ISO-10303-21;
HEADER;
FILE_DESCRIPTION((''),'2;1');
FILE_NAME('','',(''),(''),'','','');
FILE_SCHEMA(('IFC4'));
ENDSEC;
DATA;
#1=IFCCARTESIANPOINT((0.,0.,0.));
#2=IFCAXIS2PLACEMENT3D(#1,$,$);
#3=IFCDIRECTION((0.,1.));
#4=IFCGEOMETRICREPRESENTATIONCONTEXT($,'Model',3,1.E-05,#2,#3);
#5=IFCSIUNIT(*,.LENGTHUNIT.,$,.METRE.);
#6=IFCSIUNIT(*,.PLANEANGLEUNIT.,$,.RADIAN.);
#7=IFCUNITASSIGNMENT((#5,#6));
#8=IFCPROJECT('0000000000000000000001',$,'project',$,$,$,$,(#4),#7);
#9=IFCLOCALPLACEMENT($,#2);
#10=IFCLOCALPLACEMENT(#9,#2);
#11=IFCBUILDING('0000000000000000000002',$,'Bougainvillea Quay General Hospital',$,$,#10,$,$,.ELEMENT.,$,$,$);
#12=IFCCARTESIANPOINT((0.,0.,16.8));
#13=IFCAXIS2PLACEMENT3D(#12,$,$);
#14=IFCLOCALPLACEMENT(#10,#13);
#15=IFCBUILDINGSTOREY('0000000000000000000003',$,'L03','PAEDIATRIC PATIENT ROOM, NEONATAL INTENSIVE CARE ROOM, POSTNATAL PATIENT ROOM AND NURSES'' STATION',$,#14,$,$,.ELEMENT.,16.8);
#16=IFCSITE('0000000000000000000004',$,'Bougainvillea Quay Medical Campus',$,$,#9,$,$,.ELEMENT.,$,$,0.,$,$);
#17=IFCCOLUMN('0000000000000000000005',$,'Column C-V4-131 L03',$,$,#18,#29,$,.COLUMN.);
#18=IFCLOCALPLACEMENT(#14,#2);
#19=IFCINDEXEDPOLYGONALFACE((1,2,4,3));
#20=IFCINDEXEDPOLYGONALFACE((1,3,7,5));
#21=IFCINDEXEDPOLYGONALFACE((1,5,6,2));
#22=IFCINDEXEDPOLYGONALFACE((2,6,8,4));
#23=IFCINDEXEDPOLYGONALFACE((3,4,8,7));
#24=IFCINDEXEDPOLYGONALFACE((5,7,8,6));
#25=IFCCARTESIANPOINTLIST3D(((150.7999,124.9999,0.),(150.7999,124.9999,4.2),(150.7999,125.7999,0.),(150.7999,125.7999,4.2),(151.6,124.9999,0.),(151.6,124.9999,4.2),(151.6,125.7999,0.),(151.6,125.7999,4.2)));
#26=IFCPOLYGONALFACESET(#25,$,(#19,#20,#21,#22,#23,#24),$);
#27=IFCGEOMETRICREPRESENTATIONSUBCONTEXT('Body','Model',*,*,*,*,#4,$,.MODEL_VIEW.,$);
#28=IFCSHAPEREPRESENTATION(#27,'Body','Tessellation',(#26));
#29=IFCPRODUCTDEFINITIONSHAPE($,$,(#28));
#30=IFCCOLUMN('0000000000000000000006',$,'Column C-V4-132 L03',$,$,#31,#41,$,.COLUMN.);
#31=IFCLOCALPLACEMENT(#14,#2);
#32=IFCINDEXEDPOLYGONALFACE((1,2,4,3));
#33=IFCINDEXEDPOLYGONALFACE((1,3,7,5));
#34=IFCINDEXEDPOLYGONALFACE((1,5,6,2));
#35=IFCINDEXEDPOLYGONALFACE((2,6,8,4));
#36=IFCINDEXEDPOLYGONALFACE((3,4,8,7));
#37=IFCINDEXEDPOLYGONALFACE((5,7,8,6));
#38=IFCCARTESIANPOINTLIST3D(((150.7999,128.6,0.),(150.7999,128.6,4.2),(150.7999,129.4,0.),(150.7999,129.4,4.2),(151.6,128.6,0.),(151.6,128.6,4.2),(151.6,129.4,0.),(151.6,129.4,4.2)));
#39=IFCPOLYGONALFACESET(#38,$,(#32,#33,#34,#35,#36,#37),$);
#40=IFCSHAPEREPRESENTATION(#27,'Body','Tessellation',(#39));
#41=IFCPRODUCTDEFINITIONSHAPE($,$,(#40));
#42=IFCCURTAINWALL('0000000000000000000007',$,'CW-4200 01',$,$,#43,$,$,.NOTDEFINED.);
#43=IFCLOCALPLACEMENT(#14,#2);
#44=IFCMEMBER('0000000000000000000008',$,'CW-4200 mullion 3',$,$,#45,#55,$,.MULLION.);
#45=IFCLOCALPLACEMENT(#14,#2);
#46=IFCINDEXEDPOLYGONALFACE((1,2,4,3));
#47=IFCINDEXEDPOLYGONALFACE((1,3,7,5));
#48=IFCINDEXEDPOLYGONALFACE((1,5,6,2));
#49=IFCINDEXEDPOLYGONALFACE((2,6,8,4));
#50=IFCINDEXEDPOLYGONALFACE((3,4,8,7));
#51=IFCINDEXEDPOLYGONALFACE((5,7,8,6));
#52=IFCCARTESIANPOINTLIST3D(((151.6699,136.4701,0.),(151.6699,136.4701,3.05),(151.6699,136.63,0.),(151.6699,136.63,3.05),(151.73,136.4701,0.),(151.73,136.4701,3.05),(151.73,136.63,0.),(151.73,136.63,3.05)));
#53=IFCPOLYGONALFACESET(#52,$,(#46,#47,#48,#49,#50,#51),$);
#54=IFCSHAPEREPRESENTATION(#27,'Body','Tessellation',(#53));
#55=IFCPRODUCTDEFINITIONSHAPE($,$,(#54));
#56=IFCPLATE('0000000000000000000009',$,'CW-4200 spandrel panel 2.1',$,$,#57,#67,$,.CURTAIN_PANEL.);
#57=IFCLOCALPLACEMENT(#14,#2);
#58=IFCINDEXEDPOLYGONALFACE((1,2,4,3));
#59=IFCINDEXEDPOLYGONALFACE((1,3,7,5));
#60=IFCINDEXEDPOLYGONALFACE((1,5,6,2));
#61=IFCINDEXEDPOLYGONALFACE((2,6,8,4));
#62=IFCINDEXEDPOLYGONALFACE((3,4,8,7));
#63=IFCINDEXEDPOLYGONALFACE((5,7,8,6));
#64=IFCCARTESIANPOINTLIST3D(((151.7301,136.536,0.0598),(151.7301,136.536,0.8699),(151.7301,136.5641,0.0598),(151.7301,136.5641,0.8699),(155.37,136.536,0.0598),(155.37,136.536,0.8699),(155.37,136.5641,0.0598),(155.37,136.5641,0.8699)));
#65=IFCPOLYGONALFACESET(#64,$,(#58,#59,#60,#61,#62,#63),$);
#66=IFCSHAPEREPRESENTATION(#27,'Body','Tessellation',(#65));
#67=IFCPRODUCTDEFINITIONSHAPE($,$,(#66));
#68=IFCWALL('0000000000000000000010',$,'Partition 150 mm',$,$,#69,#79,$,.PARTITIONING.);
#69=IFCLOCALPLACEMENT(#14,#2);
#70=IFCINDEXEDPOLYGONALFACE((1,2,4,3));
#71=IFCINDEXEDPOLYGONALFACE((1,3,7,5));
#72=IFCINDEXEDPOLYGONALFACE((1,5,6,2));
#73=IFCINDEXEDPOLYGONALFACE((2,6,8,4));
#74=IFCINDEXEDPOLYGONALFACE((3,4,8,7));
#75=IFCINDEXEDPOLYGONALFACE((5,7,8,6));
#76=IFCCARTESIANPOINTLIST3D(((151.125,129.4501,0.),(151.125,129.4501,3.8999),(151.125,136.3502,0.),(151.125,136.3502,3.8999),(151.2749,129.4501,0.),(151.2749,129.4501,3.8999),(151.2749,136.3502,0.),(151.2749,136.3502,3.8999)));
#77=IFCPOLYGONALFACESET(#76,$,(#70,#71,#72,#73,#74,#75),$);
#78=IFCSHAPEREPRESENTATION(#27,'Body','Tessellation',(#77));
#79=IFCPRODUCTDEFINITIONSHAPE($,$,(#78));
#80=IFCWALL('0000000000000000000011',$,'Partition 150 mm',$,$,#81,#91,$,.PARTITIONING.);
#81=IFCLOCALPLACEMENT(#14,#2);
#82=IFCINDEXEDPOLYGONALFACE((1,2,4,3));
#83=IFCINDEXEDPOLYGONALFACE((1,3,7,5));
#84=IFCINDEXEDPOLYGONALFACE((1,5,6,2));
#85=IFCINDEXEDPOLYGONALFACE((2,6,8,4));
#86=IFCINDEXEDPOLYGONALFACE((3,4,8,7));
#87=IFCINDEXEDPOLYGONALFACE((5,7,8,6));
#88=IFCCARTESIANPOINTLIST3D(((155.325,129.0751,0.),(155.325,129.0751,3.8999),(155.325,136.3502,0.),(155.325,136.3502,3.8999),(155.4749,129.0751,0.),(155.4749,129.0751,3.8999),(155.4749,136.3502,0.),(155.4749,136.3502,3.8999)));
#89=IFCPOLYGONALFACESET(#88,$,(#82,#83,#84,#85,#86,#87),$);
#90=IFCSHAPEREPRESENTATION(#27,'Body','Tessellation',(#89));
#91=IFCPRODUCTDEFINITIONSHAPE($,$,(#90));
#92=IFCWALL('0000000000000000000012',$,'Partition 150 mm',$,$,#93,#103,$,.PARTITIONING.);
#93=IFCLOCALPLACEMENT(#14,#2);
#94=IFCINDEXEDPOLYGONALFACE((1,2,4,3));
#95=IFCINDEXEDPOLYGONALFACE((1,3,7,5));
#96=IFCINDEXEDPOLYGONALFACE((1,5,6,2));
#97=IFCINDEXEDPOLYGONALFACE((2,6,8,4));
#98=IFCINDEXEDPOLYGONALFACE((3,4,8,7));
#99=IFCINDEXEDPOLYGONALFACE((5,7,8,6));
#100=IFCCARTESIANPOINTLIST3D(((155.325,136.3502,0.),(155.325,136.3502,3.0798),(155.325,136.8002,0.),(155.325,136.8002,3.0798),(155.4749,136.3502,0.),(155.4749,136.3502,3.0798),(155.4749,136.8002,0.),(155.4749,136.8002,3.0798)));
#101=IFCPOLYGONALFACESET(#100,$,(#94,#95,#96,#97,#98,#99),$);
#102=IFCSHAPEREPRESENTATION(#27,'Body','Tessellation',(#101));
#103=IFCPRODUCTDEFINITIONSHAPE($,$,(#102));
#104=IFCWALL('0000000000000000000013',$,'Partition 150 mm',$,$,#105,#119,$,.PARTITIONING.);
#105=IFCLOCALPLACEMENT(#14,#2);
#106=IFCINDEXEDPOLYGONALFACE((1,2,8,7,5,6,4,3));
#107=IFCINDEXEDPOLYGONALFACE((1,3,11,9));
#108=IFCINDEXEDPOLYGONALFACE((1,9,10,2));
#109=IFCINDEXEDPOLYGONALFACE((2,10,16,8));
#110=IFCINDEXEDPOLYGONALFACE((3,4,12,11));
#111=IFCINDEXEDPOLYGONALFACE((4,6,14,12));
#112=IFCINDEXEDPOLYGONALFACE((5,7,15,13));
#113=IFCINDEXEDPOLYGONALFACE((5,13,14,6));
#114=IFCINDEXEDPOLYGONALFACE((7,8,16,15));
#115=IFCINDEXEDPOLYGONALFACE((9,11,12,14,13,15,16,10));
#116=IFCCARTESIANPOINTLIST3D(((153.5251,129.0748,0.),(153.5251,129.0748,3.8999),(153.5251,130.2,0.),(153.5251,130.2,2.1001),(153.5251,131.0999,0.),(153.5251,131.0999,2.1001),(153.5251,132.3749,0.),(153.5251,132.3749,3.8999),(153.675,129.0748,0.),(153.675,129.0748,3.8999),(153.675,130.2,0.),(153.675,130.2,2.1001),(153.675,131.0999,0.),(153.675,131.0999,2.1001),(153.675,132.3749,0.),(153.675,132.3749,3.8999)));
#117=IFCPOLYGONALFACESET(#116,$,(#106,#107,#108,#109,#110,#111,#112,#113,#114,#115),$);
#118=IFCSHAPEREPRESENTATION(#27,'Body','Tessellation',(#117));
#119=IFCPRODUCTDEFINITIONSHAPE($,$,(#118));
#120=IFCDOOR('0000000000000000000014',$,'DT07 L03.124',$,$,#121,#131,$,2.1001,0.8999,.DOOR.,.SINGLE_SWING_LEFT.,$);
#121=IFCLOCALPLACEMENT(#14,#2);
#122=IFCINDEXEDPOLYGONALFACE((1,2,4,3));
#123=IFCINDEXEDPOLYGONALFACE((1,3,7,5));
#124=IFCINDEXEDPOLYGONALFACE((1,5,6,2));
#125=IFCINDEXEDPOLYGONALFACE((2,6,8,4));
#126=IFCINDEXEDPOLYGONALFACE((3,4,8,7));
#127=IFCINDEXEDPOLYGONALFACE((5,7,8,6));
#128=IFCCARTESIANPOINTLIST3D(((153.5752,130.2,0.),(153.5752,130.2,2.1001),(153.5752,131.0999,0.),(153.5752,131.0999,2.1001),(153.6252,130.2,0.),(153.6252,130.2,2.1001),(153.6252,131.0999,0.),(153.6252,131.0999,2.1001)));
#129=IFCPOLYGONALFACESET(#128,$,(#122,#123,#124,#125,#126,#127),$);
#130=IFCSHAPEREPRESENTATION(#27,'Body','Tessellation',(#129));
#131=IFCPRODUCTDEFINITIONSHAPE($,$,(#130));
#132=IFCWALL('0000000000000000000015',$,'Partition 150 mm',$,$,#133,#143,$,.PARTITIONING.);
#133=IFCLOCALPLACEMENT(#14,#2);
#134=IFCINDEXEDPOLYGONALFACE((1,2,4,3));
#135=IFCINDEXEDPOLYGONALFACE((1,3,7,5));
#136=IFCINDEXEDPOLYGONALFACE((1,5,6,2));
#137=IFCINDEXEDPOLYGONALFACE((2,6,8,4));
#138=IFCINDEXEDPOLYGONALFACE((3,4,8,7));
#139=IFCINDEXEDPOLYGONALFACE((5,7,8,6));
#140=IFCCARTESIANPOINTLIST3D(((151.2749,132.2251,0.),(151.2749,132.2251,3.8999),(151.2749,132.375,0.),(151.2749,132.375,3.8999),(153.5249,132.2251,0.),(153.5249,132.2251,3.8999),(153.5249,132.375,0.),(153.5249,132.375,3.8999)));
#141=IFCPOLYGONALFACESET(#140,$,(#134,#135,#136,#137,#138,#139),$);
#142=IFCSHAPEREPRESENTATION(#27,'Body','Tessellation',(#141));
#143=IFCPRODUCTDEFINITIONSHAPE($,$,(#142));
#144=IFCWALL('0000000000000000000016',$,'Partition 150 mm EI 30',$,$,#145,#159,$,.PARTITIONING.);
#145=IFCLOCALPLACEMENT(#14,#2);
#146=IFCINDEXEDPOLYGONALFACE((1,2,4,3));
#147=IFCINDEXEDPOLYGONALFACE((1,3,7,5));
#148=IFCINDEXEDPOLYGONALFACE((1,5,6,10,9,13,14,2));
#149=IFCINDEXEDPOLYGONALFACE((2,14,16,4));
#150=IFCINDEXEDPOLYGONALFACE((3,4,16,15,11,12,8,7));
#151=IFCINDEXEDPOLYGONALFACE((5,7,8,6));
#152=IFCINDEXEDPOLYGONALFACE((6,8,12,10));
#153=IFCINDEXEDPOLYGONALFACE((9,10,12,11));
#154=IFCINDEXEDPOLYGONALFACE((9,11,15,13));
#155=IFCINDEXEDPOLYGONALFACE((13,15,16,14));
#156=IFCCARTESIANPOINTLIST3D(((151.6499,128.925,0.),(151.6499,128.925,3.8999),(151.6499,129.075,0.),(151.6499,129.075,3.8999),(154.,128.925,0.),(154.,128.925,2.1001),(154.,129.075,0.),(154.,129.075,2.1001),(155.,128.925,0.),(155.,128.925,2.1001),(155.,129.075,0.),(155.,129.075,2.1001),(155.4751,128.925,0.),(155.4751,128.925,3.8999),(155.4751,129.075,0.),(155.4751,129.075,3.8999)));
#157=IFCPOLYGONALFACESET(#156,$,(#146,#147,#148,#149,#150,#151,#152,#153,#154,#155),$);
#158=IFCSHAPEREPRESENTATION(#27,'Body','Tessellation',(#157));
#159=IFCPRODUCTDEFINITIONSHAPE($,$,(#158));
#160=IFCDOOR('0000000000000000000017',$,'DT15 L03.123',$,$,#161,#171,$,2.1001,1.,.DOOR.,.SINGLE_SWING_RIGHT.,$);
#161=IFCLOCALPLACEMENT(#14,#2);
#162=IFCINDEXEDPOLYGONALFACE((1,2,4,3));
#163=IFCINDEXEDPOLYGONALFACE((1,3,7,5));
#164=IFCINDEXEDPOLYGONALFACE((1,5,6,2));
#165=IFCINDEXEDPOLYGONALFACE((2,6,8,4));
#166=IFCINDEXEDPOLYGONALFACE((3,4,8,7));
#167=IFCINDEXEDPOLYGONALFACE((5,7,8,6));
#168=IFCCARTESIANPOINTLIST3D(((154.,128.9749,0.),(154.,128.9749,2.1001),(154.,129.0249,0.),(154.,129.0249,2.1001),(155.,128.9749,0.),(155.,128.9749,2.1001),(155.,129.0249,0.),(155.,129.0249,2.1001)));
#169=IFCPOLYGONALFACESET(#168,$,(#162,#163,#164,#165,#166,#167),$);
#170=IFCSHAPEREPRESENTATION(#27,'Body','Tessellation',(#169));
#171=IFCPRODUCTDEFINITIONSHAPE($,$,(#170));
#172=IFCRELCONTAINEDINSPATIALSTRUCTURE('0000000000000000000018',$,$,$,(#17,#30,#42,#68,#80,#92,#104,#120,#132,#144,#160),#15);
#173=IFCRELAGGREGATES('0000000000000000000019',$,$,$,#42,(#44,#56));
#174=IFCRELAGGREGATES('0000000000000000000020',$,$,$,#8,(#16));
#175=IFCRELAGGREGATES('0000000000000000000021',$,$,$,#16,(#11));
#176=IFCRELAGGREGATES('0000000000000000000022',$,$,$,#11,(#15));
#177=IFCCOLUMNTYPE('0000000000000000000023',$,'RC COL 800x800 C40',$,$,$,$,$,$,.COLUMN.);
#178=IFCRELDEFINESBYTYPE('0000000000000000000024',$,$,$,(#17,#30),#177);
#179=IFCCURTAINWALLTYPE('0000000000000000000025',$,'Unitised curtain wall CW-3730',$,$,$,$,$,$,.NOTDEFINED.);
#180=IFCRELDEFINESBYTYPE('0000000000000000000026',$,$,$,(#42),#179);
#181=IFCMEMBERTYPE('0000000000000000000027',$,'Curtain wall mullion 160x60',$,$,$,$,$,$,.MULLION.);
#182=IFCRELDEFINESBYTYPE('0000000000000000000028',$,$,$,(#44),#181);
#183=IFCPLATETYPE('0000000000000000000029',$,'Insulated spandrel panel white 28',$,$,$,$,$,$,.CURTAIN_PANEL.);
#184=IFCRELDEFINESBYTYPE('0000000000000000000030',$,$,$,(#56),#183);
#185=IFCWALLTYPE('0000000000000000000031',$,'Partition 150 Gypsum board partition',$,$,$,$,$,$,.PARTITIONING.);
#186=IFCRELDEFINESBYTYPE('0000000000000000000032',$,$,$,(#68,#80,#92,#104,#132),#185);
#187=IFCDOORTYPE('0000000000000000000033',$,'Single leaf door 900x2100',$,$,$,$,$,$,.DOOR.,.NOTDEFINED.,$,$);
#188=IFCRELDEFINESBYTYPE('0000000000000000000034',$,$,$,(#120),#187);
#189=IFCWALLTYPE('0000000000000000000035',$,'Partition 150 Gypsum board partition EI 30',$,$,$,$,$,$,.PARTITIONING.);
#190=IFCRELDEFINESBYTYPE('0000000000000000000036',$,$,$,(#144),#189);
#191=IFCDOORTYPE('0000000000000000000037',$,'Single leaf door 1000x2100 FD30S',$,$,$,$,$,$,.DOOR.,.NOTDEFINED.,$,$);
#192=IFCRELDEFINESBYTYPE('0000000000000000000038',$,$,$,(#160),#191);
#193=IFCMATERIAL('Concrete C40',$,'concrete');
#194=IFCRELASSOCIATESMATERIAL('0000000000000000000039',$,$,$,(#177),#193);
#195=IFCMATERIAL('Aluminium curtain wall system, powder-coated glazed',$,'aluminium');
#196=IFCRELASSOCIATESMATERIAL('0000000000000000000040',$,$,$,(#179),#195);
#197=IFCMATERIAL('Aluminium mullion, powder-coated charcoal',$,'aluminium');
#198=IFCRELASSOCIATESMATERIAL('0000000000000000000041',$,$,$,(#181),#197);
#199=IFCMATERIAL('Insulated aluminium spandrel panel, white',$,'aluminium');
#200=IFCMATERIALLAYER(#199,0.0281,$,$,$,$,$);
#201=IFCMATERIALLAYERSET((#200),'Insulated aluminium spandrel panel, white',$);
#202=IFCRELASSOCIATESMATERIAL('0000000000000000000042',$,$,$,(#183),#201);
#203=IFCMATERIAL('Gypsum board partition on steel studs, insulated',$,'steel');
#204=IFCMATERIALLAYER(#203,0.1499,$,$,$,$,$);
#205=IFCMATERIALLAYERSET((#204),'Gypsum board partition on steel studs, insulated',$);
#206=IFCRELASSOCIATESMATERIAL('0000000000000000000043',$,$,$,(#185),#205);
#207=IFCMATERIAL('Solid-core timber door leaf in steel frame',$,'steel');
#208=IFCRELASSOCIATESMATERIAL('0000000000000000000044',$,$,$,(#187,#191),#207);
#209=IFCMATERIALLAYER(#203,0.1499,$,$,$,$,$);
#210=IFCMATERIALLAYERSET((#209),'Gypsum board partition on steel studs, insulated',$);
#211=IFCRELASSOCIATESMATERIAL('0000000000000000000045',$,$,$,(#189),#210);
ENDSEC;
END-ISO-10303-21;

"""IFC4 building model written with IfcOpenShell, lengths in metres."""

from ifc_helpers import new_model, si_unit, direction, frame, frame_2d, origin, origin_2d, place, context, subcontext, project, spatial, rectangle, extrude, material, layer, layer_set, material_profile, profile_set, type_object, element, fill, aggregate, save


model = new_model("IFC4")

# Units and contexts
model_context = context("Model", 3, precision=1e-05, world=origin(), true_north=direction((0.0, 1.0)))
body_context = subcontext(model_context, "Body", "Model", "MODEL_VIEW")
ifc_project = project(units=[si_unit("LENGTHUNIT", "METRE"), si_unit("PLANEANGLEUNIT", "RADIAN")], contexts=[model_context])

# Site, building, storey
site_placement = place(None, origin())
site = spatial("IfcSite", under=ifc_project, at=site_placement, Name="Bougainvillea Quay Medical Campus", CompositionType="ELEMENT", RefElevation=0.0)
building_placement = place(site_placement, origin())
building = spatial("IfcBuilding", under=site, at=building_placement, Name="Bougainvillea Quay General Hospital", CompositionType="ELEMENT")
storey_placement = place(building_placement, frame((0.0, 0.0, 16.8)))
storey = spatial("IfcBuildingStorey", under=building, at=storey_placement, Name="L03", Description="PAEDIATRIC PATIENT ROOM, NEONATAL INTENSIVE CARE ROOM, POSTNATAL PATIENT ROOM AND NURSES' STATION", CompositionType="ELEMENT", Elevation=16.8)

# Columns
ifc_material_1 = material(Name="Concrete C40", Category="concrete")
ifc_material_profile_1 = material_profile(ifc_material_1, rectangle(XDim=0.8, YDim=0.8, at=origin_2d()))
ifc_profile_set_1 = profile_set([ifc_material_profile_1], Name="Concrete C40")
column_type = type_object("IfcColumnType", Name="RC COL 800x800 C40", PredefinedType="COLUMN", material=ifc_profile_set_1)
for number, where, z_axis, x_axis, name in (
    (1, (151.2, 125.3999, 0.0), (0.0, 0.0, 1.0), (1.0, 0.0, 0.0), "Column C-V4-131 L03"),
    (2, (151.2, 129.0, 0.0), (0.0, 0.0, 1.0), (1.0, 0.0, 0.0), "Column C-V4-132 L03"),
):
    element("IfcColumn", number, at=place(storey_placement, frame(where, z_axis=z_axis, x_axis=x_axis)), inside=storey, type_object=column_type, Name=name, PredefinedType="COLUMN", context=body_context, shape_type="SweptSolid", body=[
        extrude(rectangle(XDim=0.8, YDim=0.8, at=origin_2d()), origin(), (0.0, 0.0, 1.0), 4.2),
    ])

# Curtain wall, member, plate
ifc_material_2 = material(Name="Aluminium curtain wall system, powder-coated glazed", Category="aluminium")
curtain_wall_type = type_object("IfcCurtainWallType", Name="Unitised curtain wall CW-3730", PredefinedType="NOTDEFINED", material=ifc_material_2)
curtain_wall_placement = place(storey_placement, origin())
curtain_wall = element("IfcCurtainWall", 3, at=curtain_wall_placement, inside=storey, type_object=curtain_wall_type, Name="CW-4200 01", PredefinedType="NOTDEFINED")
ifc_material_3 = material(Name="Aluminium mullion, powder-coated charcoal", Category="aluminium")
ifc_material_profile_2 = material_profile(ifc_material_3, rectangle(XDim=0.1599, YDim=0.0601, at=origin_2d()))
ifc_profile_set_2 = profile_set([ifc_material_profile_2], Name="Aluminium mullion, powder-coated charcoal")
member_type = type_object("IfcMemberType", Name="Curtain wall mullion 160x60", PredefinedType="MULLION", material=ifc_profile_set_2)
member_placement = place(storey_placement, frame((151.7, 136.55, 0.0), z_axis=(0.0, 0.0, 1.0), x_axis=(0.0, -1.0, 0.0)))
member = element("IfcMember", 4, at=member_placement, type_object=member_type, Name="CW-4200 mullion 3", PredefinedType="MULLION", context=body_context, shape_type="SweptSolid", body=[
    extrude(rectangle(XDim=0.1599, YDim=0.0601, at=origin_2d()), origin(), (0.0, 0.0, 1.0), 3.05),
])
ifc_material_4 = material(Name="Insulated aluminium spandrel panel, white", Category="aluminium")
ifc_layer_1 = layer(ifc_material_4, 0.0281)
ifc_layer_set_1 = layer_set([ifc_layer_1], Name="Insulated aluminium spandrel panel, white")
plate_type = type_object("IfcPlateType", Name="Insulated spandrel panel white 28", PredefinedType="CURTAIN_PANEL", material=ifc_layer_set_1)
plate_placement = place(storey_placement, frame((153.55, 136.55, 0.0598), z_axis=(0.0, 0.0, 1.0), x_axis=(-1.0, 0.0, 0.0)))
plate = element("IfcPlate", 5, at=plate_placement, type_object=plate_type, Name="CW-4200 spandrel panel 2.1", PredefinedType="CURTAIN_PANEL", context=body_context, shape_type="SweptSolid", body=[
    extrude(rectangle(XDim=3.6399, YDim=0.0281, at=origin_2d()), origin(), (0.0, 0.0, 1.0), 0.8101),
])
aggregate(curtain_wall, [member, plate])

# Walls
ifc_material_5 = material(Name="Gypsum board partition on steel studs, insulated", Category="steel")
ifc_layer_2 = layer(ifc_material_5, 0.1499)
ifc_layer_set_2 = layer_set([ifc_layer_2], Name="Gypsum board partition on steel studs, insulated")
wall_type_1 = type_object("IfcWallType", Name="Partition 150 Gypsum board partition", PredefinedType="PARTITIONING", material=ifc_layer_set_2)
wall_1_placement = place(storey_placement, frame((151.2, 129.45, 0.0), z_axis=(0.0, 0.0, 1.0), x_axis=(0.0, 1.0, 0.0)))
element("IfcWall", 6, at=wall_1_placement, inside=storey, type_object=wall_type_1, Name="Partition 150 mm", PredefinedType="PARTITIONING", context=body_context, shape_type="SweptSolid", body=[
    extrude(rectangle(XDim=6.9001, YDim=0.1499, at=frame_2d((3.4502, 0.0))), origin(), (0.0, 0.0, 1.0), 3.8999),
])
wall_2_placement = place(storey_placement, frame((155.3999, 129.075, 0.0), z_axis=(0.0, 0.0, 1.0), x_axis=(0.0, 1.0, 0.0)))
element("IfcWall", 7, at=wall_2_placement, inside=storey, type_object=wall_type_1, Name="Partition 150 mm", PredefinedType="PARTITIONING", context=body_context, shape_type="SweptSolid", body=[
    extrude(rectangle(XDim=7.2751, YDim=0.1499, at=frame_2d((3.6377, 0.0))), origin(), (0.0, 0.0, 1.0), 3.8999),
])
wall_3_placement = place(storey_placement, frame((155.3999, 136.3501, 0.0), z_axis=(0.0, 0.0, 1.0), x_axis=(0.0, 1.0, 0.0)))
element("IfcWall", 8, at=wall_3_placement, inside=storey, type_object=wall_type_1, Name="Partition 150 mm", PredefinedType="PARTITIONING", context=body_context, shape_type="SweptSolid", body=[
    extrude(rectangle(XDim=0.45, YDim=0.1499, at=frame_2d((0.2251, 0.0))), origin(), (0.0, 0.0, 1.0), 3.0798),
])

# Wall, opening, door
wall_4_placement = place(storey_placement, frame((153.6001, 129.075, 0.0), z_axis=(0.0, 0.0, 1.0), x_axis=(0.0, 1.0, 0.0)))
wall_4 = element("IfcWall", 9, at=wall_4_placement, inside=storey, type_object=wall_type_1, Name="Partition 150 mm", PredefinedType="PARTITIONING", context=body_context, shape_type="SweptSolid", body=[
    extrude(rectangle(XDim=3.3, YDim=0.1499, at=frame_2d((1.6499, 0.0))), origin(), (0.0, 0.0, 1.0), 3.8999),
])
opening_1_placement = place(wall_4_placement, frame((1.125, 0.0, 0.0)))
opening_1 = element("IfcOpeningElement", 10, at=opening_1_placement, cuts=wall_4, PredefinedType="OPENING", context=body_context, shape_type="SweptSolid", body=[
    extrude(rectangle(XDim=0.8999, YDim=2.1001, at=frame_2d((0.45, 1.05))), frame((0.0, 0.085, 0.0), z_axis=(0.0, -1.0, 0.0), x_axis=(1.0, 0.0, 0.0)), (0.0, 0.0, 1.0), 0.1699),
])
ifc_material_6 = material(Name="Solid-core timber door leaf in steel frame", Category="steel")
door_type_1 = type_object("IfcDoorType", Name="Single leaf door 900x2100", OperationType="NOTDEFINED", PredefinedType="DOOR", material=ifc_material_6)
door_1_placement = place(opening_1_placement, origin())
door_1 = element("IfcDoor", 11, at=door_1_placement, inside=storey, type_object=door_type_1, Name="DT07 L03.124", OperationType="SINGLE_SWING_LEFT", OverallHeight=2.1001, OverallWidth=0.8999, PredefinedType="DOOR", context=body_context, shape_type="SweptSolid", body=[
    extrude(rectangle(XDim=0.8999, YDim=2.1001, at=frame_2d((0.45, 1.05))), frame((0.0, 0.0249, 0.0), z_axis=(0.0, -1.0, 0.0), x_axis=(1.0, 0.0, 0.0)), (0.0, 0.0, 1.0), 0.05),
])
fill(opening_1, door_1)

# Wall
wall_5_placement = place(storey_placement, frame((151.2749, 132.3, 0.0), z_axis=(0.0, 0.0, 1.0), x_axis=(1.0, 0.0, 0.0)))
element("IfcWall", 12, at=wall_5_placement, inside=storey, type_object=wall_type_1, Name="Partition 150 mm", PredefinedType="PARTITIONING", context=body_context, shape_type="SweptSolid", body=[
    extrude(rectangle(XDim=2.25, YDim=0.1499, at=frame_2d((1.125, 0.0))), origin(), (0.0, 0.0, 1.0), 3.8999),
])

# Wall, opening, door
ifc_layer_3 = layer(ifc_material_5, 0.1499)
ifc_layer_set_3 = layer_set([ifc_layer_3], Name="Gypsum board partition on steel studs, insulated")
wall_type_2 = type_object("IfcWallType", Name="Partition 150 Gypsum board partition EI 30", PredefinedType="PARTITIONING", material=ifc_layer_set_3)
wall_6_placement = place(storey_placement, frame((155.4751, 129.0, 0.0), z_axis=(0.0, 0.0, 1.0), x_axis=(-1.0, 0.0, 0.0)))
wall_6 = element("IfcWall", 13, at=wall_6_placement, inside=storey, type_object=wall_type_2, Name="Partition 150 mm EI 30", PredefinedType="PARTITIONING", context=body_context, shape_type="SweptSolid", body=[
    extrude(rectangle(XDim=3.8252, YDim=0.1499, at=frame_2d((1.9126, 0.0))), origin(), (0.0, 0.0, 1.0), 3.8999),
])
opening_2_placement = place(wall_6_placement, frame((0.4751, 0.0, 0.0)))
opening_2 = element("IfcOpeningElement", 14, at=opening_2_placement, cuts=wall_6, PredefinedType="OPENING", context=body_context, shape_type="SweptSolid", body=[
    extrude(rectangle(XDim=1.0, YDim=2.1001, at=frame_2d((0.5, 1.05))), frame((0.0, 0.085, 0.0), z_axis=(0.0, -1.0, 0.0), x_axis=(1.0, 0.0, 0.0)), (0.0, 0.0, 1.0), 0.1699),
])
door_type_2 = type_object("IfcDoorType", Name="Single leaf door 1000x2100 FD30S", OperationType="NOTDEFINED", PredefinedType="DOOR", material=ifc_material_6)
door_2_placement = place(opening_2_placement, frame((1.0, 0.0, 0.0), z_axis=(0.0, 0.0, 1.0), x_axis=(-1.0, 0.0, 0.0)))
door_2 = element("IfcDoor", 15, at=door_2_placement, inside=storey, type_object=door_type_2, Name="DT15 L03.123", OperationType="SINGLE_SWING_RIGHT", OverallHeight=2.1001, OverallWidth=1.0, PredefinedType="DOOR", context=body_context, shape_type="SweptSolid", body=[
    extrude(rectangle(XDim=1.0, YDim=2.1001, at=frame_2d((0.5, 1.05))), frame((0.0, 0.0249, 0.0), z_axis=(0.0, -1.0, 0.0), x_axis=(1.0, 0.0, 0.0)), (0.0, 0.0, 1.0), 0.05),
])
fill(opening_2, door_2)

save(model, "model.ifc")
